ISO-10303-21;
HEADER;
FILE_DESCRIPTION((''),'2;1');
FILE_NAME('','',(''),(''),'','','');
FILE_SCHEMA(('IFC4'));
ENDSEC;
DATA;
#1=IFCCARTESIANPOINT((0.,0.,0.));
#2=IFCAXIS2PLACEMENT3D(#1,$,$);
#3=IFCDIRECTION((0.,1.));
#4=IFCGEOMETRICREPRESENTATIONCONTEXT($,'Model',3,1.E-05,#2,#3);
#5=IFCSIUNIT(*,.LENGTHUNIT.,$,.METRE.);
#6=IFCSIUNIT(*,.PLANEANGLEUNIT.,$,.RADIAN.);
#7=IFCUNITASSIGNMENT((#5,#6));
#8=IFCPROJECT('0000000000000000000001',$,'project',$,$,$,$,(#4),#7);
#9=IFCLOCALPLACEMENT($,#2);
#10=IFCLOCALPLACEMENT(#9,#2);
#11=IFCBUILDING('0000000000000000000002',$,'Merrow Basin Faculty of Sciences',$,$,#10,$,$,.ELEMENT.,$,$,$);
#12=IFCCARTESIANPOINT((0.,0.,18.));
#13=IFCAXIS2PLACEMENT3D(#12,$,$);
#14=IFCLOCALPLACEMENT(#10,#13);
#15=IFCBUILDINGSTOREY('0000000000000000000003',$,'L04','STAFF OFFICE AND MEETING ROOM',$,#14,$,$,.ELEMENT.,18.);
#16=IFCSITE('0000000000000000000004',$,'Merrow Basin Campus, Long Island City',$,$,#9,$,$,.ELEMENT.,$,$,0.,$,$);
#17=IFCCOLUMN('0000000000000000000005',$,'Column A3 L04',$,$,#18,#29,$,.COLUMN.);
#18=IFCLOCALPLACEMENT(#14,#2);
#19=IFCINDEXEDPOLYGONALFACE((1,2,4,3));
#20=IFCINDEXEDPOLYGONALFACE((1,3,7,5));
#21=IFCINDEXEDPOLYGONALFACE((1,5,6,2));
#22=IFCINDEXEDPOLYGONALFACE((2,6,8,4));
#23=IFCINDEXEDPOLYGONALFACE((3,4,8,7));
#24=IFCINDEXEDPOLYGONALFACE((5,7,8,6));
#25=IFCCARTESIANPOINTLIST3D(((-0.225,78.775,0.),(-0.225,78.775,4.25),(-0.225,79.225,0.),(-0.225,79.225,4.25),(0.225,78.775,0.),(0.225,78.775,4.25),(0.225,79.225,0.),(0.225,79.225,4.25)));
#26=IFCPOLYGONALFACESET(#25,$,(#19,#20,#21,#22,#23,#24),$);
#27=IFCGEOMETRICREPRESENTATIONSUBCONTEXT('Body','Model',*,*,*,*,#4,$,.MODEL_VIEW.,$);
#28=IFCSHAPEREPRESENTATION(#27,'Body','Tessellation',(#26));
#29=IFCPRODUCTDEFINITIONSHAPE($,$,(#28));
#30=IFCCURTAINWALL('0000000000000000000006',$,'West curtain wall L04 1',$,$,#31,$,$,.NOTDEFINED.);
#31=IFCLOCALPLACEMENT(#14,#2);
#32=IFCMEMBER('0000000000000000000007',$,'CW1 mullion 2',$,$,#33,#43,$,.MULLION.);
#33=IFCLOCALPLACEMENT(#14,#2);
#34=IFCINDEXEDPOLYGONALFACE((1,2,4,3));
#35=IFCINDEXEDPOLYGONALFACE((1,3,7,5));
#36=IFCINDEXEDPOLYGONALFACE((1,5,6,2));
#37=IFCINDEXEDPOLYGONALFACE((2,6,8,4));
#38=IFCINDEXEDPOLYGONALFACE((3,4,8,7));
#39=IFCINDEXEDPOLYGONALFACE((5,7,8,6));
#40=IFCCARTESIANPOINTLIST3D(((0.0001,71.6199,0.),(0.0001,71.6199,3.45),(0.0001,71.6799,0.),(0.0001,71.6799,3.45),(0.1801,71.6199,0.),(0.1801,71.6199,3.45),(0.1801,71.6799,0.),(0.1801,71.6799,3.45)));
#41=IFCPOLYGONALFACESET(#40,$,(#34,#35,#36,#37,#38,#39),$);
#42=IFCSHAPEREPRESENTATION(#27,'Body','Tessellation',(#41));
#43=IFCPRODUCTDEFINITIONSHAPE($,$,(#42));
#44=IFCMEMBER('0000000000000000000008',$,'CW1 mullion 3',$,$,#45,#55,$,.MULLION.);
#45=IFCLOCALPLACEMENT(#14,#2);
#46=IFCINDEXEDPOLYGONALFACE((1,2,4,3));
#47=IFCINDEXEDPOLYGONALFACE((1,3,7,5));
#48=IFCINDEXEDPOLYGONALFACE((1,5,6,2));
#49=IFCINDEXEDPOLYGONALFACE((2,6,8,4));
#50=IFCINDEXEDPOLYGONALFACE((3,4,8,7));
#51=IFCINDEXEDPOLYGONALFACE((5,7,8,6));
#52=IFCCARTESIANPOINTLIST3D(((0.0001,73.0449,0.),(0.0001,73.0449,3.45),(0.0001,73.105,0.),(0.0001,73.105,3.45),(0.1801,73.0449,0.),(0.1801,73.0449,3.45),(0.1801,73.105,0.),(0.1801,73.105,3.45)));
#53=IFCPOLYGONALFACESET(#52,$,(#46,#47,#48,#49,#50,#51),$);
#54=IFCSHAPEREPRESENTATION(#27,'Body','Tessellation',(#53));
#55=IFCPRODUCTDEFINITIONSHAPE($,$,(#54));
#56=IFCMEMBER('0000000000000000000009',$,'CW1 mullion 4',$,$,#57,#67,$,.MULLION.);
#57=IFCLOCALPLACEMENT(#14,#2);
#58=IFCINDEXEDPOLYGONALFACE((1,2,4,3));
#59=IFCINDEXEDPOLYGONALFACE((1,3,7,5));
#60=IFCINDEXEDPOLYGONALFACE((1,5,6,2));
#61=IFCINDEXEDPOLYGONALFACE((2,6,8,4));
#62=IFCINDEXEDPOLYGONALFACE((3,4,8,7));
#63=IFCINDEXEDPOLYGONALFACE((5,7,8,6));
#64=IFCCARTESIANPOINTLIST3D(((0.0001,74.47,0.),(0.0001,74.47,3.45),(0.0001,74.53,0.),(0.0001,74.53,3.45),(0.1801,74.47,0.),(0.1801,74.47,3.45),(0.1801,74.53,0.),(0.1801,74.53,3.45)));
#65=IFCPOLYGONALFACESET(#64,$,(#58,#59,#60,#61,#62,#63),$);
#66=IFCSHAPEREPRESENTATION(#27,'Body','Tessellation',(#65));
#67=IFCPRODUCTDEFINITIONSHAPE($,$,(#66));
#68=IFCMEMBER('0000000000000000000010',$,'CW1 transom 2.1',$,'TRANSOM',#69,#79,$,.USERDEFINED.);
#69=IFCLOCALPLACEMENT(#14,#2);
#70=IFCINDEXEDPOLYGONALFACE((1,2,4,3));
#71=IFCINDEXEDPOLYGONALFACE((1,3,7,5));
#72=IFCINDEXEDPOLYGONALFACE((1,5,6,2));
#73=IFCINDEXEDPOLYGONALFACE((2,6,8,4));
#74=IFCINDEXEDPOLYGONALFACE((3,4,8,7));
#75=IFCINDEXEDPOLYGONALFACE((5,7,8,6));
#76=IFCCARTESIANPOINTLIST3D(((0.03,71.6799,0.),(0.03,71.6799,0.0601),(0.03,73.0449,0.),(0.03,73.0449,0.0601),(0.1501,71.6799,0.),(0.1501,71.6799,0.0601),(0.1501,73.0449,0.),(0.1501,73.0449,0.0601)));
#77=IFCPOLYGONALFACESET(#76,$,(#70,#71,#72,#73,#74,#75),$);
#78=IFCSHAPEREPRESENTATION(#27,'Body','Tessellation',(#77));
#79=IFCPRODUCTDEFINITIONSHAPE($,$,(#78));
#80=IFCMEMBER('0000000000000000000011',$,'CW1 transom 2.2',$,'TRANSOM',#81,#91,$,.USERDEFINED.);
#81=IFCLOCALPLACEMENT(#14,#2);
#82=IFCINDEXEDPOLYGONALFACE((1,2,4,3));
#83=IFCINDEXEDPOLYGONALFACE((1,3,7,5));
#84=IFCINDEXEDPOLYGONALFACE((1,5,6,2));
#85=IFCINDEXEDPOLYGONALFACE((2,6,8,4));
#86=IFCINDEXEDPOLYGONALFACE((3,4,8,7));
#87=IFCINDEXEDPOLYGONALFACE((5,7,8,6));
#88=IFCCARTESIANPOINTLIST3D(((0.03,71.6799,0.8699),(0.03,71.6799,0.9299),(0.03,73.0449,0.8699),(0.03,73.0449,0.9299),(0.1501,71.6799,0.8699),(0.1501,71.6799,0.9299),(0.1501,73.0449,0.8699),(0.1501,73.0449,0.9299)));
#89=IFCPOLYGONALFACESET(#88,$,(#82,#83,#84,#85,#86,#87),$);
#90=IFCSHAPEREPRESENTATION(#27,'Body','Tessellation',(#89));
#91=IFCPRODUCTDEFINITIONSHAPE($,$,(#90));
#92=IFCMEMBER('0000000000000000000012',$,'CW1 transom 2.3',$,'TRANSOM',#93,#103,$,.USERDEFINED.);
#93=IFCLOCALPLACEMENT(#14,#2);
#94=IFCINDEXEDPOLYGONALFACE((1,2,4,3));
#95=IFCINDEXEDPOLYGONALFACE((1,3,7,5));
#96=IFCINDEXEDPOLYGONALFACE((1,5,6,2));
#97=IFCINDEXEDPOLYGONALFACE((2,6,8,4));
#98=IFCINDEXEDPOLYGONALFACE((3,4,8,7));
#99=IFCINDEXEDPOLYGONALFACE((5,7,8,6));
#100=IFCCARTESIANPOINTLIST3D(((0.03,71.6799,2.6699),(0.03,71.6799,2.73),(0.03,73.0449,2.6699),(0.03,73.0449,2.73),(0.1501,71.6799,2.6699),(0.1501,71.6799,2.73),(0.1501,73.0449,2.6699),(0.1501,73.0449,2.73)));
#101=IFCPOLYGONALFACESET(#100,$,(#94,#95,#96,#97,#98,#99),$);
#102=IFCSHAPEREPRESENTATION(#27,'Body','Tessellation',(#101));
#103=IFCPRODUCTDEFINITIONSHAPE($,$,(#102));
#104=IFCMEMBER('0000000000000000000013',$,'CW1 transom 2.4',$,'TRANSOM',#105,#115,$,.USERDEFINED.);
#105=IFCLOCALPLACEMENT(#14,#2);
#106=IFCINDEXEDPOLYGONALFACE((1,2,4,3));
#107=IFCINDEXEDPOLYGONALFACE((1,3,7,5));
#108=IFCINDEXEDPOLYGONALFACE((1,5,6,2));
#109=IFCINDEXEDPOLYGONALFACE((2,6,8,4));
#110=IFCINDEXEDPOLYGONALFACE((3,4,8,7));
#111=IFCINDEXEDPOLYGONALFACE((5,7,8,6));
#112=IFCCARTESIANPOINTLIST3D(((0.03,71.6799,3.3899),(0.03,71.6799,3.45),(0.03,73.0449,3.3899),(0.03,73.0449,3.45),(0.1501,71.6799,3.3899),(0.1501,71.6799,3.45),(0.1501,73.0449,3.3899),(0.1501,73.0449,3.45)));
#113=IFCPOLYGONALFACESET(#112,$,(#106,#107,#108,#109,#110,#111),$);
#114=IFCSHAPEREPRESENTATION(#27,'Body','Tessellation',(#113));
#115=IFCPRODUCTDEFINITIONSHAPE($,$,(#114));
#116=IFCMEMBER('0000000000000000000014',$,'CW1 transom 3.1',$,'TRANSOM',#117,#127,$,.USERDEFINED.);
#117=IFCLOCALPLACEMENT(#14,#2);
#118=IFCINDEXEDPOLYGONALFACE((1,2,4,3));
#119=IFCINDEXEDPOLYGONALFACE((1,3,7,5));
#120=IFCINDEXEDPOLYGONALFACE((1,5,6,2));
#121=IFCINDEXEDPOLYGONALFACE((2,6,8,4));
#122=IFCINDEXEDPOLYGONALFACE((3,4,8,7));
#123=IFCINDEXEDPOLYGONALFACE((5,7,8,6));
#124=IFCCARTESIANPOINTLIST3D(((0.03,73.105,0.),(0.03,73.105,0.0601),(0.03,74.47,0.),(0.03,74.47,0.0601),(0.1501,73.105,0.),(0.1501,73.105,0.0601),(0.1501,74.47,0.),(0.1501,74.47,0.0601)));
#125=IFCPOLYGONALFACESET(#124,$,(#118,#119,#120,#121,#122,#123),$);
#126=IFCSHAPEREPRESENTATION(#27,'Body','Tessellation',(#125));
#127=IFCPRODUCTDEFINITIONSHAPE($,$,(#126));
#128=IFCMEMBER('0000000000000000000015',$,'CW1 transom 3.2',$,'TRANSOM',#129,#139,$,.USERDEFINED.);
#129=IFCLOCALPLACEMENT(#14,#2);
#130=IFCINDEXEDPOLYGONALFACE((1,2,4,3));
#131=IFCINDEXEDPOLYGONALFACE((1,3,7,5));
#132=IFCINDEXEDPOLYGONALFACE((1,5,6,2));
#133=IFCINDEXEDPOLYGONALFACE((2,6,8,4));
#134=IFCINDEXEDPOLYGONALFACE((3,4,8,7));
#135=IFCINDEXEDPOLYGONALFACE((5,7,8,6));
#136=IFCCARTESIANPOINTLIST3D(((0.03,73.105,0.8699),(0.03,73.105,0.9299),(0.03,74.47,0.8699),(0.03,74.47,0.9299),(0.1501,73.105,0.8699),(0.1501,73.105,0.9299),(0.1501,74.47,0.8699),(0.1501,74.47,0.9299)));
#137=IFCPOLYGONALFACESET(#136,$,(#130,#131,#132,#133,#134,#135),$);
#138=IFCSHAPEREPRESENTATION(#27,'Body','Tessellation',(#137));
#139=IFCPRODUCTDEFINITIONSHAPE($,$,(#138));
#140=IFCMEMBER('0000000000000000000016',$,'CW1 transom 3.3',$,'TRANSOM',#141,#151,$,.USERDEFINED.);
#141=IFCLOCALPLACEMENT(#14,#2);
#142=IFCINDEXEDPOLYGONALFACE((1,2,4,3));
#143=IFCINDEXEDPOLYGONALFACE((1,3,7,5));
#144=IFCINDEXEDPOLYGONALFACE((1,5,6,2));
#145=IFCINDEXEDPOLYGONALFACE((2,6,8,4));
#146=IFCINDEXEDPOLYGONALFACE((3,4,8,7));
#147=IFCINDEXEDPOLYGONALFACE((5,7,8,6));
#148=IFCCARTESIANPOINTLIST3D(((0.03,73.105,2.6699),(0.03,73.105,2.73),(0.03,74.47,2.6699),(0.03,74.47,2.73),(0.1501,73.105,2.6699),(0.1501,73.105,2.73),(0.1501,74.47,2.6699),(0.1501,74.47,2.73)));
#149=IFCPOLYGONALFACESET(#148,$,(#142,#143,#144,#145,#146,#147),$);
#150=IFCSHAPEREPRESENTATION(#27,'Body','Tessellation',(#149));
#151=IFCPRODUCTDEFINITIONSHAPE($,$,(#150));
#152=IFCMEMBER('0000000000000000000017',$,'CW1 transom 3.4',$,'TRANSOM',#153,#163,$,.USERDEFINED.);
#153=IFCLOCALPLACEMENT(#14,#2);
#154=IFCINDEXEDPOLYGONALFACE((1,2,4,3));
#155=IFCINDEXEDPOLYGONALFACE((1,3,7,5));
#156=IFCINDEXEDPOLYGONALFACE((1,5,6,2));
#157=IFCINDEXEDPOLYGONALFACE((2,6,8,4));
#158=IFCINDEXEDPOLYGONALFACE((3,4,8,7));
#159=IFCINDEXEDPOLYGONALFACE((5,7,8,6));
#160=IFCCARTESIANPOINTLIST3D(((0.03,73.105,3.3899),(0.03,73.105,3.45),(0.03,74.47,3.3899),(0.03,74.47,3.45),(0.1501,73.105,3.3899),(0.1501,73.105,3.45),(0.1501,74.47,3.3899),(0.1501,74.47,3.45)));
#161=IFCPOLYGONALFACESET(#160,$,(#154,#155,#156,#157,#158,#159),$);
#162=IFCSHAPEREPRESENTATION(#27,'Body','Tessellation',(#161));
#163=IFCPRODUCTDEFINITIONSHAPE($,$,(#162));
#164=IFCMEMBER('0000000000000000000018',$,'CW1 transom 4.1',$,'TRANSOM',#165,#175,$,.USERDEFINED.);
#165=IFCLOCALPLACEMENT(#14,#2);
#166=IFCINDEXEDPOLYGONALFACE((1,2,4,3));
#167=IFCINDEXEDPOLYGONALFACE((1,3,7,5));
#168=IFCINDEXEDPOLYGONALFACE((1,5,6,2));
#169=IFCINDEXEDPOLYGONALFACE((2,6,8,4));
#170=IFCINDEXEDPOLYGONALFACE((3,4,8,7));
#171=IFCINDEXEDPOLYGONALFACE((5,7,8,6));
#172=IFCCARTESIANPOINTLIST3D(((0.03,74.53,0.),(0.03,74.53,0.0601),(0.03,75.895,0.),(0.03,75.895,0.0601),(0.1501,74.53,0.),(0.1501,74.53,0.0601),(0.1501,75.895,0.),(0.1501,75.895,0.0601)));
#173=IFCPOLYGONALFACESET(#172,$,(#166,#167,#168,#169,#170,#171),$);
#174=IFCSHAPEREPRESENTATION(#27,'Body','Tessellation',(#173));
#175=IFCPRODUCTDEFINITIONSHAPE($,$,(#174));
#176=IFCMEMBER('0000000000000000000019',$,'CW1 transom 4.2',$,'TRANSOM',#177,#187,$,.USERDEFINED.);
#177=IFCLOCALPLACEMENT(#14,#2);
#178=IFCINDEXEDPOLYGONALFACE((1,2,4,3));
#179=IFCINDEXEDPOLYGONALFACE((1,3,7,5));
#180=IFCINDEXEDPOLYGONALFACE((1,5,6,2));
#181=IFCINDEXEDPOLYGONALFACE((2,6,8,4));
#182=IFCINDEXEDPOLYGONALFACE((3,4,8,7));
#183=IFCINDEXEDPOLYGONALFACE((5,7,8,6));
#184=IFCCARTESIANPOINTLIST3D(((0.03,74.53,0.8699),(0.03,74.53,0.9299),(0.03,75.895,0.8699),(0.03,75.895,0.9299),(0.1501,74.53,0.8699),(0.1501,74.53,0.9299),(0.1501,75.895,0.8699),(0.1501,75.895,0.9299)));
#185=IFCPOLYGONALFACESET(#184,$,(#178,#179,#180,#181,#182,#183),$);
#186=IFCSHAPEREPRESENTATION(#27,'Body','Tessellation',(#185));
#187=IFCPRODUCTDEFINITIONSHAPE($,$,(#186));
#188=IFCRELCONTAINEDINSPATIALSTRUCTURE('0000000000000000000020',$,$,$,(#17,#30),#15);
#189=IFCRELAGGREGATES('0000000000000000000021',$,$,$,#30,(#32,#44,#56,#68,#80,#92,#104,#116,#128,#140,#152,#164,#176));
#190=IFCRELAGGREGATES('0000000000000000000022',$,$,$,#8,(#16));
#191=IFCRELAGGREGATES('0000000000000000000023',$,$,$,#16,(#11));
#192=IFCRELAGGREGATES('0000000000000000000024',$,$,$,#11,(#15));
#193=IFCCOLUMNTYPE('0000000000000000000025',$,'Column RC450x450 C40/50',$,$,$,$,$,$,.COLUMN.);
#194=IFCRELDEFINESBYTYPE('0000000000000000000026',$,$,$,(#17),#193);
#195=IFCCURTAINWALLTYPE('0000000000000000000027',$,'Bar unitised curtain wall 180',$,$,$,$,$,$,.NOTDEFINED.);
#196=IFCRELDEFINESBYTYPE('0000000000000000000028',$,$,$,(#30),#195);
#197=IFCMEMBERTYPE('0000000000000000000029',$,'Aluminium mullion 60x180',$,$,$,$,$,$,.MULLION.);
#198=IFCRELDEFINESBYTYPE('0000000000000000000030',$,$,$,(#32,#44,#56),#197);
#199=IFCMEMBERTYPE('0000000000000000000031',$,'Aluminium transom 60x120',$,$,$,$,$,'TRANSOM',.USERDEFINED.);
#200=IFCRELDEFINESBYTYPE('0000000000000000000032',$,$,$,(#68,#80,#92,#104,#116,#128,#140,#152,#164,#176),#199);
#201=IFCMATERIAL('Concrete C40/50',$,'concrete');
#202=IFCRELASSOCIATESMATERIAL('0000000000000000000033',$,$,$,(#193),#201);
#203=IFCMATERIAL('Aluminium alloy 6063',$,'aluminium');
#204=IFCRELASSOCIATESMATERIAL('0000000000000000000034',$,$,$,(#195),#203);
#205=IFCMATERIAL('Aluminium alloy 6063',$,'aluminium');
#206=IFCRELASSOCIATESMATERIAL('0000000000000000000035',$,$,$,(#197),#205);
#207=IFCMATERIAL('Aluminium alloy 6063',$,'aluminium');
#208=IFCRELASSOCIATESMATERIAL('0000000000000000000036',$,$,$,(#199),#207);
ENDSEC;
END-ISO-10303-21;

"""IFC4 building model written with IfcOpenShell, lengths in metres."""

from ifc_helpers import new_model, si_unit, direction, frame, origin, origin_2d, place, context, subcontext, project, spatial, rectangle, extrude, material, material_profile, profile_set, type_object, element, aggregate, save


model = new_model("IFC4")

# Units and contexts
model_context = context("Model", 3, precision=1e-05, world=origin(), true_north=direction((0.0, 1.0)))
body_context = subcontext(model_context, "Body", "Model", "MODEL_VIEW")
ifc_project = project(units=[si_unit("LENGTHUNIT", "METRE"), si_unit("PLANEANGLEUNIT", "RADIAN")], contexts=[model_context])

# Site, building, storey
site_placement = place(None, origin())
site = spatial("IfcSite", under=ifc_project, at=site_placement, Name="Merrow Basin Campus, Long Island City", CompositionType="ELEMENT", RefElevation=0.0)
building_placement = place(site_placement, origin())
building = spatial("IfcBuilding", under=site, at=building_placement, Name="Merrow Basin Faculty of Sciences", CompositionType="ELEMENT")
storey_placement = place(building_placement, frame((0.0, 0.0, 18.0)))
storey = spatial("IfcBuildingStorey", under=building, at=storey_placement, Name="L04", Description="STAFF OFFICE AND MEETING ROOM", CompositionType="ELEMENT", Elevation=18.0)

# Column
ifc_material_1 = material(Name="Concrete C40/50", Category="concrete")
ifc_material_profile_1 = material_profile(ifc_material_1, rectangle(XDim=0.45, YDim=0.45, at=origin_2d()))
ifc_profile_set_1 = profile_set([ifc_material_profile_1], Name="Concrete C40/50")
column_type = type_object("IfcColumnType", Name="Column RC450x450 C40/50", PredefinedType="COLUMN", material=ifc_profile_set_1)
column_placement = place(storey_placement, frame((0.0, 79.0, 0.0), z_axis=(0.0, 0.0, 1.0), x_axis=(1.0, 0.0, 0.0)))
element("IfcColumn", 1, at=column_placement, inside=storey, type_object=column_type, Name="Column A3 L04", PredefinedType="COLUMN", context=body_context, shape_type="SweptSolid", body=[
    extrude(rectangle(XDim=0.45, YDim=0.45, at=origin_2d()), origin(), (0.0, 0.0, 1.0), 4.25),
])

# Curtain wall, members
ifc_material_2 = material(Name="Aluminium alloy 6063", Category="aluminium")
curtain_wall_type = type_object("IfcCurtainWallType", Name="Bar unitised curtain wall 180", PredefinedType="NOTDEFINED", material=ifc_material_2)
curtain_wall_placement = place(storey_placement, origin())
curtain_wall = element("IfcCurtainWall", 2, at=curtain_wall_placement, inside=storey, type_object=curtain_wall_type, Name="West curtain wall L04 1", PredefinedType="NOTDEFINED")
ifc_material_3 = material(Name="Aluminium alloy 6063", Category="aluminium")
ifc_material_profile_2 = material_profile(ifc_material_3, rectangle(XDim=0.1799, YDim=0.0601, at=origin_2d()))
ifc_profile_set_2 = profile_set([ifc_material_profile_2], Name="Aluminium alloy 6063")
member_type_1 = type_object("IfcMemberType", Name="Aluminium mullion 60x180", PredefinedType="MULLION", material=ifc_profile_set_2)
member_1_placement = place(storey_placement, frame((0.0901, 71.6499, 0.0), z_axis=(0.0, 0.0, 1.0), x_axis=(-1.0, 0.0, 0.0)))
member_1 = element("IfcMember", 3, at=member_1_placement, type_object=member_type_1, Name="CW1 mullion 2", PredefinedType="MULLION", context=body_context, shape_type="SweptSolid", body=[
    extrude(rectangle(XDim=0.1799, YDim=0.0601, at=origin_2d()), origin(), (0.0, 0.0, 1.0), 3.45),
])
member_2_placement = place(storey_placement, frame((0.0901, 73.075, 0.0), z_axis=(0.0, 0.0, 1.0), x_axis=(-1.0, 0.0, 0.0)))
member_2 = element("IfcMember", 4, at=member_2_placement, type_object=member_type_1, Name="CW1 mullion 3", PredefinedType="MULLION", context=body_context, shape_type="SweptSolid", body=[
    extrude(rectangle(XDim=0.1799, YDim=0.0601, at=origin_2d()), origin(), (0.0, 0.0, 1.0), 3.45),
])
member_3_placement = place(storey_placement, frame((0.0901, 74.5, 0.0), z_axis=(0.0, 0.0, 1.0), x_axis=(-1.0, 0.0, 0.0)))
member_3 = element("IfcMember", 5, at=member_3_placement, type_object=member_type_1, Name="CW1 mullion 4", PredefinedType="MULLION", context=body_context, shape_type="SweptSolid", body=[
    extrude(rectangle(XDim=0.1799, YDim=0.0601, at=origin_2d()), origin(), (0.0, 0.0, 1.0), 3.45),
])
ifc_material_4 = material(Name="Aluminium alloy 6063", Category="aluminium")
ifc_material_profile_3 = material_profile(ifc_material_4, rectangle(XDim=0.1201, YDim=0.0601, at=origin_2d()))
ifc_profile_set_3 = profile_set([ifc_material_profile_3], Name="Aluminium alloy 6063")
member_type_2 = type_object("IfcMemberType", Name="Aluminium transom 60x120", ElementType="TRANSOM", PredefinedType="USERDEFINED", material=ifc_profile_set_3)
member_4_placement = place(storey_placement, frame((0.0901, 71.6799, 0.03), z_axis=(0.0, 1.0, 0.0), x_axis=(-1.0, 0.0, 0.0)))
member_4 = element("IfcMember", 6, at=member_4_placement, type_object=member_type_2, Name="CW1 transom 2.1", ObjectType="TRANSOM", PredefinedType="USERDEFINED", context=body_context, shape_type="SweptSolid", body=[
    extrude(rectangle(XDim=0.1201, YDim=0.0601, at=origin_2d()), origin(), (0.0, 0.0, 1.0), 1.365),
])
member_5_placement = place(storey_placement, frame((0.0901, 71.6799, 0.8999), z_axis=(0.0, 1.0, 0.0), x_axis=(-1.0, 0.0, 0.0)))
member_5 = element("IfcMember", 7, at=member_5_placement, type_object=member_type_2, Name="CW1 transom 2.2", ObjectType="TRANSOM", PredefinedType="USERDEFINED", context=body_context, shape_type="SweptSolid", body=[
    extrude(rectangle(XDim=0.1201, YDim=0.0601, at=origin_2d()), origin(), (0.0, 0.0, 1.0), 1.365),
])
member_6_placement = place(storey_placement, frame((0.0901, 71.6799, 2.7), z_axis=(0.0, 1.0, 0.0), x_axis=(-1.0, 0.0, 0.0)))
member_6 = element("IfcMember", 8, at=member_6_placement, type_object=member_type_2, Name="CW1 transom 2.3", ObjectType="TRANSOM", PredefinedType="USERDEFINED", context=body_context, shape_type="SweptSolid", body=[
    extrude(rectangle(XDim=0.1201, YDim=0.0601, at=origin_2d()), origin(), (0.0, 0.0, 1.0), 1.365),
])
member_7_placement = place(storey_placement, frame((0.0901, 71.6799, 3.4199), z_axis=(0.0, 1.0, 0.0), x_axis=(-1.0, 0.0, 0.0)))
member_7 = element("IfcMember", 9, at=member_7_placement, type_object=member_type_2, Name="CW1 transom 2.4", ObjectType="TRANSOM", PredefinedType="USERDEFINED", context=body_context, shape_type="SweptSolid", body=[
    extrude(rectangle(XDim=0.1201, YDim=0.0601, at=origin_2d()), origin(), (0.0, 0.0, 1.0), 1.365),
])
member_8_placement = place(storey_placement, frame((0.0901, 73.105, 0.03), z_axis=(0.0, 1.0, 0.0), x_axis=(-1.0, 0.0, 0.0)))
member_8 = element("IfcMember", 10, at=member_8_placement, type_object=member_type_2, Name="CW1 transom 3.1", ObjectType="TRANSOM", PredefinedType="USERDEFINED", context=body_context, shape_type="SweptSolid", body=[
    extrude(rectangle(XDim=0.1201, YDim=0.0601, at=origin_2d()), origin(), (0.0, 0.0, 1.0), 1.365),
])
member_9_placement = place(storey_placement, frame((0.0901, 73.105, 0.8999), z_axis=(0.0, 1.0, 0.0), x_axis=(-1.0, 0.0, 0.0)))
member_9 = element("IfcMember", 11, at=member_9_placement, type_object=member_type_2, Name="CW1 transom 3.2", ObjectType="TRANSOM", PredefinedType="USERDEFINED", context=body_context, shape_type="SweptSolid", body=[
    extrude(rectangle(XDim=0.1201, YDim=0.0601, at=origin_2d()), origin(), (0.0, 0.0, 1.0), 1.365),
])
member_10_placement = place(storey_placement, frame((0.0901, 73.105, 2.7), z_axis=(0.0, 1.0, 0.0), x_axis=(-1.0, 0.0, 0.0)))
member_10 = element("IfcMember", 12, at=member_10_placement, type_object=member_type_2, Name="CW1 transom 3.3", ObjectType="TRANSOM", PredefinedType="USERDEFINED", context=body_context, shape_type="SweptSolid", body=[
    extrude(rectangle(XDim=0.1201, YDim=0.0601, at=origin_2d()), origin(), (0.0, 0.0, 1.0), 1.365),
])
member_11_placement = place(storey_placement, frame((0.0901, 73.105, 3.4199), z_axis=(0.0, 1.0, 0.0), x_axis=(-1.0, 0.0, 0.0)))
member_11 = element("IfcMember", 13, at=member_11_placement, type_object=member_type_2, Name="CW1 transom 3.4", ObjectType="TRANSOM", PredefinedType="USERDEFINED", context=body_context, shape_type="SweptSolid", body=[
    extrude(rectangle(XDim=0.1201, YDim=0.0601, at=origin_2d()), origin(), (0.0, 0.0, 1.0), 1.365),
])
member_12_placement = place(storey_placement, frame((0.0901, 74.53, 0.03), z_axis=(0.0, 1.0, 0.0), x_axis=(-1.0, 0.0, 0.0)))
member_12 = element("IfcMember", 14, at=member_12_placement, type_object=member_type_2, Name="CW1 transom 4.1", ObjectType="TRANSOM", PredefinedType="USERDEFINED", context=body_context, shape_type="SweptSolid", body=[
    extrude(rectangle(XDim=0.1201, YDim=0.0601, at=origin_2d()), origin(), (0.0, 0.0, 1.0), 1.365),
])
member_13_placement = place(storey_placement, frame((0.0901, 74.53, 0.8999), z_axis=(0.0, 1.0, 0.0), x_axis=(-1.0, 0.0, 0.0)))
member_13 = element("IfcMember", 15, at=member_13_placement, type_object=member_type_2, Name="CW1 transom 4.2", ObjectType="TRANSOM", PredefinedType="USERDEFINED", context=body_context, shape_type="SweptSolid", body=[
    extrude(rectangle(XDim=0.1201, YDim=0.0601, at=origin_2d()), origin(), (0.0, 0.0, 1.0), 1.365),
])

aggregate(curtain_wall, [member_1, member_2, member_3, member_4, member_5, member_6, member_7, member_8, member_9, member_10, member_11, member_12, member_13])

save(model, "model.ifc")
